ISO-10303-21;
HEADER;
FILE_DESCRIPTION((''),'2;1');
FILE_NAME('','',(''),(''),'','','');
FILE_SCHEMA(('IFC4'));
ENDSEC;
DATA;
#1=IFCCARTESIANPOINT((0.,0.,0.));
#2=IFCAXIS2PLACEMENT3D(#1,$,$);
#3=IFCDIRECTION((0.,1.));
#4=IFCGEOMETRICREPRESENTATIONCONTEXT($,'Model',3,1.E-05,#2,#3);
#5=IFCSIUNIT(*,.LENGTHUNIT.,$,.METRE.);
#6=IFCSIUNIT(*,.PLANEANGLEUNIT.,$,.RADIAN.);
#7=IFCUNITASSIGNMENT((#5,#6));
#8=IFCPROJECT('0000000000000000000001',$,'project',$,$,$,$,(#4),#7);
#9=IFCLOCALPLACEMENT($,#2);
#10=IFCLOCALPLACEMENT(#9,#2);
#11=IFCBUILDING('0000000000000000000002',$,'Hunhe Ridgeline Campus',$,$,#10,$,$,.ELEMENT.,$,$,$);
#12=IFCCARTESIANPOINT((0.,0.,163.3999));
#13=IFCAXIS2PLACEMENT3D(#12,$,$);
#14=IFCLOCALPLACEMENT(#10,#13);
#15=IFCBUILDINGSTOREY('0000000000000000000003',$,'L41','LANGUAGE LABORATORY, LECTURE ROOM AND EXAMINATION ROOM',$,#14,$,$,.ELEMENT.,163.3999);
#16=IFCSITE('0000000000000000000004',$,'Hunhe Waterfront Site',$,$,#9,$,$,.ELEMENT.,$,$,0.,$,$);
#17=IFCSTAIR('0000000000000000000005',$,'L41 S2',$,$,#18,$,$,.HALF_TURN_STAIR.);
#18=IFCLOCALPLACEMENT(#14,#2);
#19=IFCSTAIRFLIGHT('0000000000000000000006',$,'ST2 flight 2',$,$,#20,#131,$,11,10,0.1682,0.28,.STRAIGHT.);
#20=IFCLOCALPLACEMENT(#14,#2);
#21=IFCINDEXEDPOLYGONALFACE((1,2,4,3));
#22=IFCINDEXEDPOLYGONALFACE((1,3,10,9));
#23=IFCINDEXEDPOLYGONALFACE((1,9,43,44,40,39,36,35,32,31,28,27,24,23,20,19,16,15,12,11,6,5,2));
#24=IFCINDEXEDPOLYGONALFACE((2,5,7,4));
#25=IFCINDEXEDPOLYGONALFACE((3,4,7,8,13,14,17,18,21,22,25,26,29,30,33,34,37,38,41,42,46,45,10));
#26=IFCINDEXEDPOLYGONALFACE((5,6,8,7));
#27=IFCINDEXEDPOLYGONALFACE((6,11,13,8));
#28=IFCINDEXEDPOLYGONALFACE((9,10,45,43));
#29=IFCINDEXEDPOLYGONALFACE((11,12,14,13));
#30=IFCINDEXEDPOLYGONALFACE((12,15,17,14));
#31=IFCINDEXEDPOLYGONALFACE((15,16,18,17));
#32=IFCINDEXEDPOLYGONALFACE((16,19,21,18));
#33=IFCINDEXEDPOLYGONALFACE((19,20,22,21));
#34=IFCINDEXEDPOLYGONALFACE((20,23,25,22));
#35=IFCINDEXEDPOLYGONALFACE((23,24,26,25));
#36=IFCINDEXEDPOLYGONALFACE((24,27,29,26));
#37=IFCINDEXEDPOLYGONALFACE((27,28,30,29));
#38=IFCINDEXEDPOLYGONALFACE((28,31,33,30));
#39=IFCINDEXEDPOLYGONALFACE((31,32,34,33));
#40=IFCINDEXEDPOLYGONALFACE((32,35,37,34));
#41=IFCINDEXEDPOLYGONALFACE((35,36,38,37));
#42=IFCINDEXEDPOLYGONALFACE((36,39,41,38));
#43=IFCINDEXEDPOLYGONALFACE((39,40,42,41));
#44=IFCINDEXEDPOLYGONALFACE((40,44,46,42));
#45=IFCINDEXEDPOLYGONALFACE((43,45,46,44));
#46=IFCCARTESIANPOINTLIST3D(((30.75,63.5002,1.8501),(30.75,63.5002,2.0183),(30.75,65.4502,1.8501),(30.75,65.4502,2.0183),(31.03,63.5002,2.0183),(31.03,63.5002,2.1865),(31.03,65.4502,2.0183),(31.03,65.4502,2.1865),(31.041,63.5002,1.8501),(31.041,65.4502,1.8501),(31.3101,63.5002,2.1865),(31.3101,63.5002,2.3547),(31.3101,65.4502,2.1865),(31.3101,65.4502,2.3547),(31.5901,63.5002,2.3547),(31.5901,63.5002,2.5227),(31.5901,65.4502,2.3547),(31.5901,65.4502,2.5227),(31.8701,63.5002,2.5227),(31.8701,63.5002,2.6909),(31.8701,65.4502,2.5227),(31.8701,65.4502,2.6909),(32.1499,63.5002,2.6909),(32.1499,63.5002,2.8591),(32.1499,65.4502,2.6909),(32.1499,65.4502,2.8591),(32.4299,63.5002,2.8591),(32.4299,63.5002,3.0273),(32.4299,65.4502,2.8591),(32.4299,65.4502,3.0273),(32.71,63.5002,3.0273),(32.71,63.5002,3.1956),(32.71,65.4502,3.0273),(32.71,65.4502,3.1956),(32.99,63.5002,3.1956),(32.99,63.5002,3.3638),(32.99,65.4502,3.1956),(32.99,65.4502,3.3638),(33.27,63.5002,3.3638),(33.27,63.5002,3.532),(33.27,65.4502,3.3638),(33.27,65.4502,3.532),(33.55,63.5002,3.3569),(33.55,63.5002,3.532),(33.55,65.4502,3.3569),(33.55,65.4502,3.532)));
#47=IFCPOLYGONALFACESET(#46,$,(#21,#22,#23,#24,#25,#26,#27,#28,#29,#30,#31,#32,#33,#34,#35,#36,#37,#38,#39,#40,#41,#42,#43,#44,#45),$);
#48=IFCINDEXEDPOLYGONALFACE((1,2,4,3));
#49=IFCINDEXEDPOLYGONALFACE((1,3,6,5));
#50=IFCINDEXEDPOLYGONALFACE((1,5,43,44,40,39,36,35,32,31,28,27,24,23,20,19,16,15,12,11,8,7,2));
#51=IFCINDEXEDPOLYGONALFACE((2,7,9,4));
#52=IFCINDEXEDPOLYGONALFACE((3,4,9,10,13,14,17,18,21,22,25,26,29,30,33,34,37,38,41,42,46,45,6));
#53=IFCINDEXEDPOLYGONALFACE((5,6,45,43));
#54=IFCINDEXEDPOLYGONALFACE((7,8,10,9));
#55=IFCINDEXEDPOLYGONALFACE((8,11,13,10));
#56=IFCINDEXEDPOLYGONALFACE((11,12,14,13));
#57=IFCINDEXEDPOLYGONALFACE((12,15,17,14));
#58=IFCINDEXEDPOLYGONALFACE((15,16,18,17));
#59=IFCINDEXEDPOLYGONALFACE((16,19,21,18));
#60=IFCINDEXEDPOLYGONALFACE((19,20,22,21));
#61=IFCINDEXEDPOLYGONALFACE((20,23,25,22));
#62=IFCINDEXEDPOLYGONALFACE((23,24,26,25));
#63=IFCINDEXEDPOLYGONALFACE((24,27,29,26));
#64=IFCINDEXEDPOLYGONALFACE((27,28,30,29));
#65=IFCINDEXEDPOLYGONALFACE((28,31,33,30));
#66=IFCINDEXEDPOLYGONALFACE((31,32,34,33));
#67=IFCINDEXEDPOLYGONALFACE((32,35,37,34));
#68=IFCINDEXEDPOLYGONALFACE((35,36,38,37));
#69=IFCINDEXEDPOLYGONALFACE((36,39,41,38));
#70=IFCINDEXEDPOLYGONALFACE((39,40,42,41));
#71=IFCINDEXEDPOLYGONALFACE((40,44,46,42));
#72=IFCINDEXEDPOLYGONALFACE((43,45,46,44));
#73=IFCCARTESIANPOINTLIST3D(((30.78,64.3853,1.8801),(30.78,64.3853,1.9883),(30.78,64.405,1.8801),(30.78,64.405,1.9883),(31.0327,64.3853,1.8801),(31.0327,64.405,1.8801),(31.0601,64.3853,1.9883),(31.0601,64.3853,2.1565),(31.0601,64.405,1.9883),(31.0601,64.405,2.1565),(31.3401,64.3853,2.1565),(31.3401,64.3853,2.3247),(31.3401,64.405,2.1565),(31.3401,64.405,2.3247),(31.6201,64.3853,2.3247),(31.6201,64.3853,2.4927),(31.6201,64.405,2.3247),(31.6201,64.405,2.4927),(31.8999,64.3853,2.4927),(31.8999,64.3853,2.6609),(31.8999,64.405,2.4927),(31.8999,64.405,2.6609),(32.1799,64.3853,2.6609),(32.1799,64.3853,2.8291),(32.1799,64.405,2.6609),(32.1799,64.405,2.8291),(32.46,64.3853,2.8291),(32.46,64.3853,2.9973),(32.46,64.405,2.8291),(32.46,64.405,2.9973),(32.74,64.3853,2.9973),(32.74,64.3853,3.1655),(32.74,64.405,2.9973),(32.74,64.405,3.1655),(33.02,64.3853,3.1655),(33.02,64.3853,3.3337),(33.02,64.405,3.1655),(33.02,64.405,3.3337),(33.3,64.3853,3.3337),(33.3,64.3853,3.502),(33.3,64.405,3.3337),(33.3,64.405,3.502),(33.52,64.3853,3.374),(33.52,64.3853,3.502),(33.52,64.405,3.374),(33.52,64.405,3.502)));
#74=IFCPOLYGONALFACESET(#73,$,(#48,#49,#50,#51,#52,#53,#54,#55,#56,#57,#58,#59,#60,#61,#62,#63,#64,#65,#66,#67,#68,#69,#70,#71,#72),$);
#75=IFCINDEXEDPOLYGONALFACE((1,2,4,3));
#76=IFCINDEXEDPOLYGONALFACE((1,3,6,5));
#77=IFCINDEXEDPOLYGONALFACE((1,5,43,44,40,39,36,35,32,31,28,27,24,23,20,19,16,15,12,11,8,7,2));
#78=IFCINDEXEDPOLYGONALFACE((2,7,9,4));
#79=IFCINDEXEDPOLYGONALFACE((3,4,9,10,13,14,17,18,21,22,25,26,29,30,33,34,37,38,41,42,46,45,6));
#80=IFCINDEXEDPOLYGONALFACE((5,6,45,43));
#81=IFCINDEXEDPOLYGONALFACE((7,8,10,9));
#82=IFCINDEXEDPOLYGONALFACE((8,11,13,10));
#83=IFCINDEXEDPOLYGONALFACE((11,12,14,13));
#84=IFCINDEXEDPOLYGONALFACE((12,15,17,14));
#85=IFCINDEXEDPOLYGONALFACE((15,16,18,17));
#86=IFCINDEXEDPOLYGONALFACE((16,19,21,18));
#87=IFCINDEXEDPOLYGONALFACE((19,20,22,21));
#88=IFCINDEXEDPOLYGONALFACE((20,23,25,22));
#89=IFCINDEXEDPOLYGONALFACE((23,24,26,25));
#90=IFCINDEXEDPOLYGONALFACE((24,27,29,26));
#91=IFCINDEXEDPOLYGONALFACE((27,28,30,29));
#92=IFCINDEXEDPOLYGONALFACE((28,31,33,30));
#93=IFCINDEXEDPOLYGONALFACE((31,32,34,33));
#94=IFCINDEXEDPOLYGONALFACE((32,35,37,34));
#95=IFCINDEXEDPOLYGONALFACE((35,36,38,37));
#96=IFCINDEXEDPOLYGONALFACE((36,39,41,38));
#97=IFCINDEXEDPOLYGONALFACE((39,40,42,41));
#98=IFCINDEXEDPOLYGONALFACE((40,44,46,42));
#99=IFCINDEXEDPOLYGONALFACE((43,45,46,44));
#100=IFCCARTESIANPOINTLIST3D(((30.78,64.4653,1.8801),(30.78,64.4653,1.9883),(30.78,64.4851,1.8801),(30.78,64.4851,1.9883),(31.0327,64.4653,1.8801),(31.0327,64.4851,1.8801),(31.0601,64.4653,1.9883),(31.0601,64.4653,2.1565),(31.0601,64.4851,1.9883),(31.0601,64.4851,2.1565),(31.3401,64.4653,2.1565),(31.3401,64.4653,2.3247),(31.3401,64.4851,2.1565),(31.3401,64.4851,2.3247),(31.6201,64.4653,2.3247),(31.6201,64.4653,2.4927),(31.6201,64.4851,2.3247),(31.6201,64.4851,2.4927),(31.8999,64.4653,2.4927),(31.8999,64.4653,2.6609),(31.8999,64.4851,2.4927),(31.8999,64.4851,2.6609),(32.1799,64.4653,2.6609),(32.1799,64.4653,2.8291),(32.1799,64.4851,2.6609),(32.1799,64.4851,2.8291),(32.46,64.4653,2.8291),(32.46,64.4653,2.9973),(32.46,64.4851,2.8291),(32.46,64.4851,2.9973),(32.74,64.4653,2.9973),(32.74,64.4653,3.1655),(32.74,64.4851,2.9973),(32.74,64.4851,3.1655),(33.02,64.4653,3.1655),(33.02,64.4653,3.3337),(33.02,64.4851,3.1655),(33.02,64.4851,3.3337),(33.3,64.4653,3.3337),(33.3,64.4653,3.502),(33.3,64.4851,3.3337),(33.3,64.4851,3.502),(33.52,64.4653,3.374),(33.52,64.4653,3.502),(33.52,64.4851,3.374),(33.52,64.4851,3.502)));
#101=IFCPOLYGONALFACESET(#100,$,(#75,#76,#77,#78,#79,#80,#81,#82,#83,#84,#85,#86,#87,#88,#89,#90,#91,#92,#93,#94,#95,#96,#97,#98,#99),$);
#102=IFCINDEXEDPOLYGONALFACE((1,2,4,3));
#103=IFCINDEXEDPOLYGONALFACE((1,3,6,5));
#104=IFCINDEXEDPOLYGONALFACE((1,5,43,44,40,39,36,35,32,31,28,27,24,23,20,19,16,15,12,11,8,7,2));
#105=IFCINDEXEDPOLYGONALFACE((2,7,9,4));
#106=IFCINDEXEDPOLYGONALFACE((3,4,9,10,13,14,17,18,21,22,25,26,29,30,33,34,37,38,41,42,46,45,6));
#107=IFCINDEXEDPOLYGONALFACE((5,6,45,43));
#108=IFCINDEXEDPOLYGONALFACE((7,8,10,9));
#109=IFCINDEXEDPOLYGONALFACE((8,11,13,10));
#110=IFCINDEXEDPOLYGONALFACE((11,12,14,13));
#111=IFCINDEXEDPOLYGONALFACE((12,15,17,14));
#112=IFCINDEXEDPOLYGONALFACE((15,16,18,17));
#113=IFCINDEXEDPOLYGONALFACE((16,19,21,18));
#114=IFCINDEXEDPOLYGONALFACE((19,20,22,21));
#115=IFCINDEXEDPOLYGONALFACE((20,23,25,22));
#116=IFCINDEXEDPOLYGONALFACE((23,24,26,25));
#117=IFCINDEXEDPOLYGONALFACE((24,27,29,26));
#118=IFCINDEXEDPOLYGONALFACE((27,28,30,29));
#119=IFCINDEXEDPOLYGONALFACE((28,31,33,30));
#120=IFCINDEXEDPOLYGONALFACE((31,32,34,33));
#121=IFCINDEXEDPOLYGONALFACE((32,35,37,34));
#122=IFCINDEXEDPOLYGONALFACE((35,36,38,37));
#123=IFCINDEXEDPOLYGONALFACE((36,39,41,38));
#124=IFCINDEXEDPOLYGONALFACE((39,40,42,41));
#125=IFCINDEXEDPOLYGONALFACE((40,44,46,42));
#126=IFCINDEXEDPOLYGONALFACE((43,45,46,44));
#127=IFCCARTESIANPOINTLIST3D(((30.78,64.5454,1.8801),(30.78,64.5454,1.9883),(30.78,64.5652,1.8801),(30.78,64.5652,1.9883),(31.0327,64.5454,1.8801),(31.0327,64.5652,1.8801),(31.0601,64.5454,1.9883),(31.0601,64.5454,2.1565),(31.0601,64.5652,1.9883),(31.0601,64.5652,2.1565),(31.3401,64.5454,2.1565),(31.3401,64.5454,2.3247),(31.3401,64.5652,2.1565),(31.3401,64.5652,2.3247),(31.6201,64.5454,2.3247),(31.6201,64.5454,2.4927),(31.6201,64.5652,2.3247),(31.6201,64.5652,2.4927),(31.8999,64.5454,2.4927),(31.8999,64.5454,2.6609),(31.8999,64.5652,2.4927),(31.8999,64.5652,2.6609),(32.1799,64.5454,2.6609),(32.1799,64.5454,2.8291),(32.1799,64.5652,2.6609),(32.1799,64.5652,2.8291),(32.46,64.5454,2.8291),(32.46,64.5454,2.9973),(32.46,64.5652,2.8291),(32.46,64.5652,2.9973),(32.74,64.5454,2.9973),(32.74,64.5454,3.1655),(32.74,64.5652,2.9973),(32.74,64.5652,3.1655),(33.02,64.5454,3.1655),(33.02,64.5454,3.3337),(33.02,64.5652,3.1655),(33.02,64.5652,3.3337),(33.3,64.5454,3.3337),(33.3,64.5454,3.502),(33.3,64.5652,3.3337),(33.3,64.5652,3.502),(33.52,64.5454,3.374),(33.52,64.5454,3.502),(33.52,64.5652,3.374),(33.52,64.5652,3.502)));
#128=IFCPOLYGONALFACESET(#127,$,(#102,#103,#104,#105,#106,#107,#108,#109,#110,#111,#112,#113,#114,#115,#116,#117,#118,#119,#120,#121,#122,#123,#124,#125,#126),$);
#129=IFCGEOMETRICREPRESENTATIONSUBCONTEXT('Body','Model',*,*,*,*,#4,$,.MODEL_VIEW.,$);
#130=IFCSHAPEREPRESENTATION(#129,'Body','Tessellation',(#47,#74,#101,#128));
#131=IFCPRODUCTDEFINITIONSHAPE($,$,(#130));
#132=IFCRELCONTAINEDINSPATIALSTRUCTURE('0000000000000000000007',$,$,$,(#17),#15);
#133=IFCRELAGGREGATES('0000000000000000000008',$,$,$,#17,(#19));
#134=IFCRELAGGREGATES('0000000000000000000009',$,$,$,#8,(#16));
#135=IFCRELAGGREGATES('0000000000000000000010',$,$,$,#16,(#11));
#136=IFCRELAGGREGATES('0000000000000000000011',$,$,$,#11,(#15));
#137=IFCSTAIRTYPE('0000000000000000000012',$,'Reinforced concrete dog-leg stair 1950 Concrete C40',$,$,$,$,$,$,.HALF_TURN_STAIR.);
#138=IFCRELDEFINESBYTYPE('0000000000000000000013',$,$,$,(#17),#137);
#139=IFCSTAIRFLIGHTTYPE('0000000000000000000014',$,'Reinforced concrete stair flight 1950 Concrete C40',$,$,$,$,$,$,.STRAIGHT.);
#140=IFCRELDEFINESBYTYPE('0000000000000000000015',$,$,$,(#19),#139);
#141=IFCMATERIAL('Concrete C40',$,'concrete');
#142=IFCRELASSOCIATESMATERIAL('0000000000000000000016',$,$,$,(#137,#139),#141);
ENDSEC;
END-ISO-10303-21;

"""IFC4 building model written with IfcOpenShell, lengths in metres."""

from ifc_helpers import new_model, si_unit, direction, frame, origin, place, context, subcontext, project, spatial, polyline, outline, extrude, material, type_object, element, aggregate, save


model = new_model("IFC4")

# Units and contexts
model_context = context("Model", 3, precision=1e-05, world=origin(), true_north=direction((0.0, 1.0)))
body_context = subcontext(model_context, "Body", "Model", "MODEL_VIEW")
ifc_project = project(units=[si_unit("LENGTHUNIT", "METRE"), si_unit("PLANEANGLEUNIT", "RADIAN")], contexts=[model_context])

# Site, building, storey
site_placement = place(None, origin())
site = spatial("IfcSite", under=ifc_project, at=site_placement, Name="Hunhe Waterfront Site", CompositionType="ELEMENT", RefElevation=0.0)
building_placement = place(site_placement, origin())
building = spatial("IfcBuilding", under=site, at=building_placement, Name="Hunhe Ridgeline Campus", CompositionType="ELEMENT")
storey_placement = place(building_placement, frame((0.0, 0.0, 163.3999)))
storey = spatial("IfcBuildingStorey", under=building, at=storey_placement, Name="L41", Description="LANGUAGE LABORATORY, LECTURE ROOM AND EXAMINATION ROOM", CompositionType="ELEMENT", Elevation=163.3999)

# Stair, stair flight
ifc_material_1 = material(Name="Concrete C40", Category="concrete")
stair_type = type_object("IfcStairType", Name="Reinforced concrete dog-leg stair 1950 Concrete C40", PredefinedType="HALF_TURN_STAIR", material=ifc_material_1)
stair_placement = place(storey_placement, origin())
stair = element("IfcStair", 1, at=stair_placement, inside=storey, type_object=stair_type, Name="L41 S2", PredefinedType="HALF_TURN_STAIR")
stair_flight_type = type_object("IfcStairFlightType", Name="Reinforced concrete stair flight 1950 Concrete C40", PredefinedType="STRAIGHT", material=ifc_material_1)
stair_flight_placement = place(storey_placement, frame((30.75, 64.4751, 1.8501), z_axis=(0.0, 0.0, 1.0), x_axis=(1.0, 0.0, 0.0)))
stair_flight = element("IfcStairFlight", 2, at=stair_flight_placement, type_object=stair_flight_type, Name="ST2 flight 2", NumberOfRisers=11, NumberOfTreads=10, PredefinedType="STRAIGHT", RiserHeight=0.1682, TreadLength=0.28, context=body_context, shape_type="SweptSolid", body=[
    extrude(outline(polyline([(0.0, 0.0), (0.0, 0.1682), (0.28, 0.1682), (0.28, 0.3364), (0.5601, 0.3364), (0.5601, 0.5046), (0.8401, 0.5046), (0.8401, 0.6726), (1.1201, 0.6726), (1.1201, 0.8408), (1.3999, 0.8408), (1.3999, 1.009), (1.6799, 1.009), (1.6799, 1.1772), (1.96, 1.1772), (1.96, 1.3455), (2.24, 1.3455), (2.24, 1.5137), (2.52, 1.5137), (2.52, 1.6819), (2.8, 1.6819), (2.8, 1.8501), (2.8, 1.5068), (0.291, 0.0), (0.0, 0.0)])), frame((0.0, 0.9751, 0.0), z_axis=(0.0, -1.0, 0.0), x_axis=(1.0, 0.0, 0.0)), (0.0, 0.0, 1.0), 1.95),
    extrude(outline(polyline([(0.03, 0.03), (0.03, 0.1382), (0.3101, 0.1382), (0.3101, 0.3064), (0.5901, 0.3064), (0.5901, 0.4746), (0.8701, 0.4746), (0.8701, 0.6426), (1.1499, 0.6426), (1.1499, 0.8108), (1.4299, 0.8108), (1.4299, 0.979), (1.71, 0.979), (1.71, 1.1472), (1.99, 1.1472), (1.99, 1.3154), (2.27, 1.3154), (2.27, 1.4836), (2.55, 1.4836), (2.55, 1.6519), (2.77, 1.6519), (2.77, 1.5239), (0.2827, 0.03), (0.03, 0.03)])), frame((0.0, -0.0701, 0.0), z_axis=(0.0, -1.0, 0.0), x_axis=(1.0, 0.0, 0.0)), (0.0, 0.0, 1.0), 0.0198),
    extrude(outline(polyline([(0.03, 0.03), (0.03, 0.1382), (0.3101, 0.1382), (0.3101, 0.3064), (0.5901, 0.3064), (0.5901, 0.4746), (0.8701, 0.4746), (0.8701, 0.6426), (1.1499, 0.6426), (1.1499, 0.8108), (1.4299, 0.8108), (1.4299, 0.979), (1.71, 0.979), (1.71, 1.1472), (1.99, 1.1472), (1.99, 1.3154), (2.27, 1.3154), (2.27, 1.4836), (2.55, 1.4836), (2.55, 1.6519), (2.77, 1.6519), (2.77, 1.5239), (0.2827, 0.03), (0.03, 0.03)])), frame((0.0, 0.01, 0.0), z_axis=(0.0, -1.0, 0.0), x_axis=(1.0, 0.0, 0.0)), (0.0, 0.0, 1.0), 0.0198),
    extrude(outline(polyline([(0.03, 0.03), (0.03, 0.1382), (0.3101, 0.1382), (0.3101, 0.3064), (0.5901, 0.3064), (0.5901, 0.4746), (0.8701, 0.4746), (0.8701, 0.6426), (1.1499, 0.6426), (1.1499, 0.8108), (1.4299, 0.8108), (1.4299, 0.979), (1.71, 0.979), (1.71, 1.1472), (1.99, 1.1472), (1.99, 1.3154), (2.27, 1.3154), (2.27, 1.4836), (2.55, 1.4836), (2.55, 1.6519), (2.77, 1.6519), (2.77, 1.5239), (0.2827, 0.03), (0.03, 0.03)])), frame((0.0, 0.0901, 0.0), z_axis=(0.0, -1.0, 0.0), x_axis=(1.0, 0.0, 0.0)), (0.0, 0.0, 1.0), 0.0198),
])
aggregate(stair, [stair_flight])

save(model, "model.ifc")
